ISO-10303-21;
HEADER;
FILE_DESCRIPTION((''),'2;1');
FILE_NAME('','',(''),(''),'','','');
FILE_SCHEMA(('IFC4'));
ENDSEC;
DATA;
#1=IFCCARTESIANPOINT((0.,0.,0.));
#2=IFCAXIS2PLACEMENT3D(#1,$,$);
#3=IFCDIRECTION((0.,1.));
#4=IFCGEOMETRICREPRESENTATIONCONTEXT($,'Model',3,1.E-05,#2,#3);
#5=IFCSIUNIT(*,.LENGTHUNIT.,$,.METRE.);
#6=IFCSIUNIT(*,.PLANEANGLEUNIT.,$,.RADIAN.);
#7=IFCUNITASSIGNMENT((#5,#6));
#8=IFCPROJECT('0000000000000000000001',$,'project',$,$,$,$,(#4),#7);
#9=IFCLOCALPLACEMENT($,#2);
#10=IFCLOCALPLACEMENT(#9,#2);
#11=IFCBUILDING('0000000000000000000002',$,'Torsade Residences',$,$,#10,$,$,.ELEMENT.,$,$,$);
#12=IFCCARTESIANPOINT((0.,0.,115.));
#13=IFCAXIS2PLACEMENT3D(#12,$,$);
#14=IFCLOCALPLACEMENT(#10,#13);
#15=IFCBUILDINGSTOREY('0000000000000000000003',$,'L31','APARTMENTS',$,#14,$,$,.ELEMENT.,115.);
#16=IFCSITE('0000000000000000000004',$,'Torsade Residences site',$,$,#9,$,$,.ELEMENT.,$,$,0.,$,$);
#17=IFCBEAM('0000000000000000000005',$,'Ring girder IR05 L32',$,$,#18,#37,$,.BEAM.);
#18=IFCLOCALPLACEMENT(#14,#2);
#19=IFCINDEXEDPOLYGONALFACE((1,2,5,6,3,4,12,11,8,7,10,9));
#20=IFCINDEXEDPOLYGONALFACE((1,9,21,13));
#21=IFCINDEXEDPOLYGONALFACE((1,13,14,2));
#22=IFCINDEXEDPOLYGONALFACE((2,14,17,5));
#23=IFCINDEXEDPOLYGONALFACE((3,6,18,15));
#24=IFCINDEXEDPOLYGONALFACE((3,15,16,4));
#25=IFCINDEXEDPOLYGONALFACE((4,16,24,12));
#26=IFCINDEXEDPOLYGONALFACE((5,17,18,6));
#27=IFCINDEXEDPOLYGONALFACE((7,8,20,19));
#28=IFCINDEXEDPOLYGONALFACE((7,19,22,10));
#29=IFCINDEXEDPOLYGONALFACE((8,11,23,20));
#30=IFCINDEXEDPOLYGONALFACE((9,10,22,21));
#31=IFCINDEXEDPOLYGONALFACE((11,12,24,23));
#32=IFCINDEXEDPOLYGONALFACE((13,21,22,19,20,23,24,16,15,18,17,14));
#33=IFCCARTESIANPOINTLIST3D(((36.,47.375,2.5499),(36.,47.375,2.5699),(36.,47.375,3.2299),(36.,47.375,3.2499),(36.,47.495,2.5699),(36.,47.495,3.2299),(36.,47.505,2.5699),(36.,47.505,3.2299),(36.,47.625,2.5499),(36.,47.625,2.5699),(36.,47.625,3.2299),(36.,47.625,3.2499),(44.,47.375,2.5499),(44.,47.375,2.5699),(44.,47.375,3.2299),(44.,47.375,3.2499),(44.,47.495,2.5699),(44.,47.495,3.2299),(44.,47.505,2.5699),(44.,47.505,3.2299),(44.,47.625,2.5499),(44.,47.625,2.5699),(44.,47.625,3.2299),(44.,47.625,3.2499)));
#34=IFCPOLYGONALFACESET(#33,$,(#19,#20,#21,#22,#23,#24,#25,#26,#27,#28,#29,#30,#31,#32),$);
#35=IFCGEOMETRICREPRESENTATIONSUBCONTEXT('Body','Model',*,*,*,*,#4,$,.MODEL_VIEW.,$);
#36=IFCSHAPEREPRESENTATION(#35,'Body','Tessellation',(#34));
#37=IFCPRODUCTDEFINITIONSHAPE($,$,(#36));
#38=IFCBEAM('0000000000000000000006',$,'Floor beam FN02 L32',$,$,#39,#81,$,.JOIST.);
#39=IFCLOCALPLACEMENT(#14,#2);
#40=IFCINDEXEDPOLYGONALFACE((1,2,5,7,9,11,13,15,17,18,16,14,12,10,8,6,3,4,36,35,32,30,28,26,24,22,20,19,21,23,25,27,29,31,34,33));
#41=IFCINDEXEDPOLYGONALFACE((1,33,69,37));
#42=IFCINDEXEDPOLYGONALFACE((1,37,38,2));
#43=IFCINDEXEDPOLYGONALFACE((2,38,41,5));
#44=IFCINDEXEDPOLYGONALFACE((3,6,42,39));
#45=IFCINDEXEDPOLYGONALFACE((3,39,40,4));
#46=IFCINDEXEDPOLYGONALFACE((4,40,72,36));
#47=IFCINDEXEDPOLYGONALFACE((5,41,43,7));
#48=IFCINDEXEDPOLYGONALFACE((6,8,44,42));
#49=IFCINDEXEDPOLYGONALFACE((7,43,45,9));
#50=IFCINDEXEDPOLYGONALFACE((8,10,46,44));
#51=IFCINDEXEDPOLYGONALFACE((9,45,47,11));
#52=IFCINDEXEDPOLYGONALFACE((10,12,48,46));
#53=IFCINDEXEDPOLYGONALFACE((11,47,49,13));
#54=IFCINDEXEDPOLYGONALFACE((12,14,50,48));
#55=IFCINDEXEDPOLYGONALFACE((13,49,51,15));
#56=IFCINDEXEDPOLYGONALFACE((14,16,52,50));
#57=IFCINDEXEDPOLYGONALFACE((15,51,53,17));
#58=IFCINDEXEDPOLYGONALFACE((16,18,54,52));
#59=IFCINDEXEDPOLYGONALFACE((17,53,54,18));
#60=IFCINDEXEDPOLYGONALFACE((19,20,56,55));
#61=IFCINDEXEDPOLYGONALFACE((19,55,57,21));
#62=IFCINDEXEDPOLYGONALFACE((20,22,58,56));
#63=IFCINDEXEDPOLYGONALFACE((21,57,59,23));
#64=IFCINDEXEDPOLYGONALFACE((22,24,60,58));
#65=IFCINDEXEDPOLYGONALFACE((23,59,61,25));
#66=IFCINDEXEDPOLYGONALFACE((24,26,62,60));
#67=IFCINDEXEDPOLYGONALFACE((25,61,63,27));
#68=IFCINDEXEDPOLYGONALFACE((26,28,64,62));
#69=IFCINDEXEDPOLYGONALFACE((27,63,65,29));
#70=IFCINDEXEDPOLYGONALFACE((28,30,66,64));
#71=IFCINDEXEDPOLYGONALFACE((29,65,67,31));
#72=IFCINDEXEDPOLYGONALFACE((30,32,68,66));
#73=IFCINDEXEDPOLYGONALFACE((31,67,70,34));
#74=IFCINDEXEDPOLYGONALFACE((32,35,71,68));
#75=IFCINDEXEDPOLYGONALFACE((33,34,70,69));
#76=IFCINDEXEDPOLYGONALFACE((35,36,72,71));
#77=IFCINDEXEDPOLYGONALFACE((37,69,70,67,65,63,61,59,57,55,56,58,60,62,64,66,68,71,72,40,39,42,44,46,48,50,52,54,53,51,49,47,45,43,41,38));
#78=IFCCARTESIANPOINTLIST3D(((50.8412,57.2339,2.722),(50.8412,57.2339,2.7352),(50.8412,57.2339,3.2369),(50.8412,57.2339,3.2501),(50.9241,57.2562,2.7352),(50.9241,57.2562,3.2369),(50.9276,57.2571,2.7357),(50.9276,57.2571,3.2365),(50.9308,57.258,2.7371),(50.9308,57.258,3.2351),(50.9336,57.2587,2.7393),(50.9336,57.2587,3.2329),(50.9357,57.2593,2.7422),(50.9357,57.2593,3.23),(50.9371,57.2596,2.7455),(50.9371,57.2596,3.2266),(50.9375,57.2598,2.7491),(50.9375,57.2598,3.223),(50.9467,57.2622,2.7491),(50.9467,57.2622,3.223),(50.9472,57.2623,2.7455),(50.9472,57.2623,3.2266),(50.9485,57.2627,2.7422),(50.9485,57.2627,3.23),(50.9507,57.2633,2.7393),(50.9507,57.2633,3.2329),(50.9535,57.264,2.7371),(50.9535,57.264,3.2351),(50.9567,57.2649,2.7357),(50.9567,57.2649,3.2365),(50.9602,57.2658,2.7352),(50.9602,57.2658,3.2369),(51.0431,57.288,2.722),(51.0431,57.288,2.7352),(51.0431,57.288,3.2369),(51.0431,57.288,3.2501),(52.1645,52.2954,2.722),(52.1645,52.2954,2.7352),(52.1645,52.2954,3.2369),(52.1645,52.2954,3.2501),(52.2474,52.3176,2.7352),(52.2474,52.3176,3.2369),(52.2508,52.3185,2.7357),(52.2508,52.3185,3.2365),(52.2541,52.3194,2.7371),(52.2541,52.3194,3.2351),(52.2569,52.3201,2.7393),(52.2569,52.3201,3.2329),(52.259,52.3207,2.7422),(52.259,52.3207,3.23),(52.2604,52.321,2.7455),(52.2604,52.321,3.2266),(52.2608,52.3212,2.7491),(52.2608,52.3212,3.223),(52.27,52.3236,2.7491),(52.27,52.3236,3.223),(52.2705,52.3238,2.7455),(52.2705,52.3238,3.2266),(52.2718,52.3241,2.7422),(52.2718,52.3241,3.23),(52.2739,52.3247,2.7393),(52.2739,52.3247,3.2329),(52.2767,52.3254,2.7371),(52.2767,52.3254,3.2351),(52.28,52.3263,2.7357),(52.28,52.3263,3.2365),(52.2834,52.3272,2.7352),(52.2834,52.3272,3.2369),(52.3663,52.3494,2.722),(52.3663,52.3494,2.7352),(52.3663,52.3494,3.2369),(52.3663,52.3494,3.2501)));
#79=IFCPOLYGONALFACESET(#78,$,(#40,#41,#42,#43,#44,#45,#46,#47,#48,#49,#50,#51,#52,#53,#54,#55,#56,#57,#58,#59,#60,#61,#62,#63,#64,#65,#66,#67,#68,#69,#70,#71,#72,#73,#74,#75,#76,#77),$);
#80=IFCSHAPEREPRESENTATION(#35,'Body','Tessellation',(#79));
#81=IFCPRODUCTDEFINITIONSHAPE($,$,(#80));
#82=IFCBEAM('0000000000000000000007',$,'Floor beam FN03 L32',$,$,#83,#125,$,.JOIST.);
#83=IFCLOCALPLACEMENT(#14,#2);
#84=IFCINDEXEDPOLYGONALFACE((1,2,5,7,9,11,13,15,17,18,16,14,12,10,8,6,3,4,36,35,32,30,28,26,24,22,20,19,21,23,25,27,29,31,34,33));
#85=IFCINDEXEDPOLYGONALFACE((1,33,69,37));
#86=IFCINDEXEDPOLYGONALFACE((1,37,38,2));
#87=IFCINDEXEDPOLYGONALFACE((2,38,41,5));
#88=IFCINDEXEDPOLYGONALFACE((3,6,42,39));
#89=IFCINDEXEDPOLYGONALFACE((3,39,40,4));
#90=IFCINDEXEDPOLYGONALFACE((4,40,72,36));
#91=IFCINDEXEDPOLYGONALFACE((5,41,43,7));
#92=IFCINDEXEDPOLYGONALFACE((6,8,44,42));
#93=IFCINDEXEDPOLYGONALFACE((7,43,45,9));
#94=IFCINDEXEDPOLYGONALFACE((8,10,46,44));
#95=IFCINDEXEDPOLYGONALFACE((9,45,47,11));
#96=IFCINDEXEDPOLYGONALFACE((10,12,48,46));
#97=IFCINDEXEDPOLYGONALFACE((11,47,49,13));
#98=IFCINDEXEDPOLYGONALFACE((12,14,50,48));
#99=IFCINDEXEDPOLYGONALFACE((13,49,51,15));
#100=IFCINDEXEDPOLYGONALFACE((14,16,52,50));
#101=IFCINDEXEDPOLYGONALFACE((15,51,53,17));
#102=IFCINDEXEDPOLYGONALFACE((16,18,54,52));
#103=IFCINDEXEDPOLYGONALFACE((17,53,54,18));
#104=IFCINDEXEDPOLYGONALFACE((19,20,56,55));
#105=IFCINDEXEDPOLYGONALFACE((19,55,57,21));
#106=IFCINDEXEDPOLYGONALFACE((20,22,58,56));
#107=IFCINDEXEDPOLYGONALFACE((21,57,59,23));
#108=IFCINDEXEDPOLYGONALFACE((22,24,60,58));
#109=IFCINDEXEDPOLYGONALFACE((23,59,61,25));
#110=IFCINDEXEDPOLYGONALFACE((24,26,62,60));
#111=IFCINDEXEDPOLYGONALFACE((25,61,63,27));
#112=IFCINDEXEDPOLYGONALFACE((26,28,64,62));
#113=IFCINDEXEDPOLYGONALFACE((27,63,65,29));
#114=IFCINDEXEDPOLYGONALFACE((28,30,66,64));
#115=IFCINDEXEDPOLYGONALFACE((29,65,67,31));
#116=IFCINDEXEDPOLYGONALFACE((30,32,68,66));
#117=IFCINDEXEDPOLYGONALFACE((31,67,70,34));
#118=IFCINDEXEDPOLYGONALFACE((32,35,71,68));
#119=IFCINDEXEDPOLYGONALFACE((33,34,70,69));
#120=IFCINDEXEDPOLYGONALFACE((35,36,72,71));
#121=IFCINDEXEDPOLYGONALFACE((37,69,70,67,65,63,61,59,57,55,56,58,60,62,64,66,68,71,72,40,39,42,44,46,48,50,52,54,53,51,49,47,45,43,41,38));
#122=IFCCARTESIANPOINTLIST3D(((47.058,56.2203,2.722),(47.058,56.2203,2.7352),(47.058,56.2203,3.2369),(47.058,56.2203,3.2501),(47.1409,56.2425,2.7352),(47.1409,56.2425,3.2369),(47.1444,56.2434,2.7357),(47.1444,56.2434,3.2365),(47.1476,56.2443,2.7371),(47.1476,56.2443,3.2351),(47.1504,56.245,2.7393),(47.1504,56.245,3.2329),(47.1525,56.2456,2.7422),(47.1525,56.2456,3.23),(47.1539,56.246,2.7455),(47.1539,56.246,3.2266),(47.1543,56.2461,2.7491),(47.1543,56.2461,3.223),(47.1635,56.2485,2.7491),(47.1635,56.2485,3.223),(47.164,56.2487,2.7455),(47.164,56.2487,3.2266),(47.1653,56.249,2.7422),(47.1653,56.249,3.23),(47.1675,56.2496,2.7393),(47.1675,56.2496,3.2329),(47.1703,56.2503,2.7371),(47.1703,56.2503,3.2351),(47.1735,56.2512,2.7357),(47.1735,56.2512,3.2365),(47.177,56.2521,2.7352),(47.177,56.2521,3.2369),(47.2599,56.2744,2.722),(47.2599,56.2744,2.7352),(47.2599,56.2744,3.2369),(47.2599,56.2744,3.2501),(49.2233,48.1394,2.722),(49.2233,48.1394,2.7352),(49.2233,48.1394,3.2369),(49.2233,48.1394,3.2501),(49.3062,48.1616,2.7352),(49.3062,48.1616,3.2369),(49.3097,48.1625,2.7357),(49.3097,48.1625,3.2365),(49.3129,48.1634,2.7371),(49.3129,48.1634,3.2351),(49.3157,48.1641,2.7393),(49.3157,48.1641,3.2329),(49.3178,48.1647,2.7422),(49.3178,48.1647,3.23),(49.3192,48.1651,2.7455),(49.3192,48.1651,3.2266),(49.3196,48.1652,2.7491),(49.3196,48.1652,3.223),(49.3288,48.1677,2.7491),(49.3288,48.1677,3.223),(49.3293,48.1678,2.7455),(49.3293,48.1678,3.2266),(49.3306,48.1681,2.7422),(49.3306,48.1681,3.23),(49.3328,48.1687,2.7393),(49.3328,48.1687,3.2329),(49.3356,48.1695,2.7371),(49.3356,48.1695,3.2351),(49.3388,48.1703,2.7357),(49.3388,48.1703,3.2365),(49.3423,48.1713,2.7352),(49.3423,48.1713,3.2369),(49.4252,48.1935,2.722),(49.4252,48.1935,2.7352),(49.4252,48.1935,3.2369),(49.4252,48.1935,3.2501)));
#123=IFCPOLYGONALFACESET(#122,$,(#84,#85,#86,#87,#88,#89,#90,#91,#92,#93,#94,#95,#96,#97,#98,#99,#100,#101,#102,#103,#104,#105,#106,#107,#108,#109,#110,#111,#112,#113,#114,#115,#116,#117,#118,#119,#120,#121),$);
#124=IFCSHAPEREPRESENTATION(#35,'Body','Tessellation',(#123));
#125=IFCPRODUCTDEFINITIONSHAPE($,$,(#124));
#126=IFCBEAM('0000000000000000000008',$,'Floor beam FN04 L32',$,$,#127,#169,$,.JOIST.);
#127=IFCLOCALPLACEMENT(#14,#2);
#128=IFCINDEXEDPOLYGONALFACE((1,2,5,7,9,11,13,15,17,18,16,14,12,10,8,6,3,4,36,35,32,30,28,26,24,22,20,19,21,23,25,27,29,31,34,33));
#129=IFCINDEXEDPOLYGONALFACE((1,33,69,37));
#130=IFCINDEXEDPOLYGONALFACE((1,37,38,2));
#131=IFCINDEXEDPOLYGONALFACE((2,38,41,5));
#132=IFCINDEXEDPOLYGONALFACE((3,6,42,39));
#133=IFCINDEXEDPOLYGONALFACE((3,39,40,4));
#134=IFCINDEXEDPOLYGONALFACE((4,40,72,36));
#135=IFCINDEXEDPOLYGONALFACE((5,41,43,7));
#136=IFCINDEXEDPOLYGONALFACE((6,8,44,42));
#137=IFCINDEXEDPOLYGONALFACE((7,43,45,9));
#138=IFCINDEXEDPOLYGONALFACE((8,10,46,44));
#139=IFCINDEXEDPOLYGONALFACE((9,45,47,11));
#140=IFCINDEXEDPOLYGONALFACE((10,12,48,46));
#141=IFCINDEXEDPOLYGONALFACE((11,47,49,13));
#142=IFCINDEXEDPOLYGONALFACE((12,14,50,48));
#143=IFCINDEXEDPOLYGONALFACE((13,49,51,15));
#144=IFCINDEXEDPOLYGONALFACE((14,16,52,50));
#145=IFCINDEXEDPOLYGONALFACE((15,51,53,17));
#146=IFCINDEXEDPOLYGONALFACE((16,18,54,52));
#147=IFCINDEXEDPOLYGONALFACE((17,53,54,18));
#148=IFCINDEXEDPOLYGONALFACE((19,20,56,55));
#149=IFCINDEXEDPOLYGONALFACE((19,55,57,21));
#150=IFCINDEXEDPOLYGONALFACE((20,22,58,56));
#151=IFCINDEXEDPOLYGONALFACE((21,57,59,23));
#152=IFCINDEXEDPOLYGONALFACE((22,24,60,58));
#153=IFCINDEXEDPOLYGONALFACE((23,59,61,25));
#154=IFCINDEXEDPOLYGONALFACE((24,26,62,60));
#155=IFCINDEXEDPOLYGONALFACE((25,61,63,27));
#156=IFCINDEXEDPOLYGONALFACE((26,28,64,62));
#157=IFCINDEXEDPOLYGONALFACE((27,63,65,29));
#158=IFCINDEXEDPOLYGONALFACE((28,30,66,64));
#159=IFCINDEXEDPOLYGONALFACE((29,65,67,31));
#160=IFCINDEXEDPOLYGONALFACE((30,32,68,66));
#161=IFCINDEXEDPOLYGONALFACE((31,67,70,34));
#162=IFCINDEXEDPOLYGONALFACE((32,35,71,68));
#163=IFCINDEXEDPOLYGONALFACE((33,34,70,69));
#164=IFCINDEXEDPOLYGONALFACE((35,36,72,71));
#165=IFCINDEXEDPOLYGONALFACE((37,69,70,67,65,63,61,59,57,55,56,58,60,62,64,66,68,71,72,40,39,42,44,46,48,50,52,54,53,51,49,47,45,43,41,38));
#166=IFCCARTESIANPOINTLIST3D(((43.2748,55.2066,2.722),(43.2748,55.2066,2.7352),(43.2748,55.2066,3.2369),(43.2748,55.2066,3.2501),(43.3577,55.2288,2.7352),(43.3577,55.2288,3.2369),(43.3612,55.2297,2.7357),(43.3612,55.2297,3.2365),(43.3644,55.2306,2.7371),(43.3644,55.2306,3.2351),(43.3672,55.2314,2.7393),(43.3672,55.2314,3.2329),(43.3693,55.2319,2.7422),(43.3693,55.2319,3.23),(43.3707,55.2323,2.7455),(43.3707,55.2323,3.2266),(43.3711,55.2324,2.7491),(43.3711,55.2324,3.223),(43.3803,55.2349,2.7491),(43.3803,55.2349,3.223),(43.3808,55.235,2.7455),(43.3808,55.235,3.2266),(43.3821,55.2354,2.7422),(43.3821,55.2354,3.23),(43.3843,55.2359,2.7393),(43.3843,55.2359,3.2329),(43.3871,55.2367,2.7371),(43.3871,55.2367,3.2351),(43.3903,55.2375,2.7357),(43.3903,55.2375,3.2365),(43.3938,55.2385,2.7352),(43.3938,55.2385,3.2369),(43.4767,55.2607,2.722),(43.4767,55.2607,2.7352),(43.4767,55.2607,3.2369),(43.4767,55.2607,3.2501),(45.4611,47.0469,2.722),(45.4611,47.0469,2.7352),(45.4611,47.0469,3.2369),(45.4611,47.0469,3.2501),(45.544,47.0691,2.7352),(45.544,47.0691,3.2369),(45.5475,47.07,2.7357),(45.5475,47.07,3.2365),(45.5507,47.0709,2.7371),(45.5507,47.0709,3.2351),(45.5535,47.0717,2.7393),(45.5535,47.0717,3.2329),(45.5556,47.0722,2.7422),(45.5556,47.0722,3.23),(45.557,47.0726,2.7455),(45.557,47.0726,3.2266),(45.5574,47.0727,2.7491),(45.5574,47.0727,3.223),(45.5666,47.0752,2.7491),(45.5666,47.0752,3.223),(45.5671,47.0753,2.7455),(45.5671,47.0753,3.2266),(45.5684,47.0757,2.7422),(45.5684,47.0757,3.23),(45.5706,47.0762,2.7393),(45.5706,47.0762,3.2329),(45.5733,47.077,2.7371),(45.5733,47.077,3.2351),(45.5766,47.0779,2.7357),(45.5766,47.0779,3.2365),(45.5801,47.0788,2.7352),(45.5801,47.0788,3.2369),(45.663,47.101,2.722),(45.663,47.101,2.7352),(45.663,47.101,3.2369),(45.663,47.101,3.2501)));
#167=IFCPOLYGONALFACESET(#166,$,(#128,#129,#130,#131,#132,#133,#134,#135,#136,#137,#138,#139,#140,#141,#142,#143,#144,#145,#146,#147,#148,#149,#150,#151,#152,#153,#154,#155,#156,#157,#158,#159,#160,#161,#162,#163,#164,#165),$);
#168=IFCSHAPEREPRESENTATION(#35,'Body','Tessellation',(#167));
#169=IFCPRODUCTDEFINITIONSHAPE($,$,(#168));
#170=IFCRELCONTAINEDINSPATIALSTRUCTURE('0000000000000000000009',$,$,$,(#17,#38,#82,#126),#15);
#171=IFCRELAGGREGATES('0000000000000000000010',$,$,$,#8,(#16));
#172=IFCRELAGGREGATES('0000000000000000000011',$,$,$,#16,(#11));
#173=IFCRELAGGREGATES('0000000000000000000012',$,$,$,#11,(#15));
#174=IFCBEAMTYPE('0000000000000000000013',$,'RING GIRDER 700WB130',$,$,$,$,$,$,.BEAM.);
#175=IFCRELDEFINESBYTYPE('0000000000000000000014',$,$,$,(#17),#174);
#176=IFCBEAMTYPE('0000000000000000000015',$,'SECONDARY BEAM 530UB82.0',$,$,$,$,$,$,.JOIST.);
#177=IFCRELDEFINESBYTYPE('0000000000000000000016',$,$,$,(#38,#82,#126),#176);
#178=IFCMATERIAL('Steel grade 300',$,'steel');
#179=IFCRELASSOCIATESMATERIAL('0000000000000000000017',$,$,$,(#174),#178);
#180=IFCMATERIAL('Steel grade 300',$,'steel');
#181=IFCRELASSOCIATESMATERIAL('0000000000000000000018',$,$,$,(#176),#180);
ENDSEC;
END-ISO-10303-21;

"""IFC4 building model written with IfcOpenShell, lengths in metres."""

from ifc_helpers import new_model, si_unit, direction, frame, origin, origin_2d, place, context, subcontext, project, spatial, i_section, extrude, material, material_profile, profile_set, type_object, element, save


model = new_model("IFC4")

# Units and contexts
model_context = context("Model", 3, precision=1e-05, world=origin(), true_north=direction((0.0, 1.0)))
body_context = subcontext(model_context, "Body", "Model", "MODEL_VIEW")
ifc_project = project(units=[si_unit("LENGTHUNIT", "METRE"), si_unit("PLANEANGLEUNIT", "RADIAN")], contexts=[model_context])

# Site, building, storey
site_placement = place(None, origin())
site = spatial("IfcSite", under=ifc_project, at=site_placement, Name="Torsade Residences site", CompositionType="ELEMENT", RefElevation=0.0)
building_placement = place(site_placement, origin())
building = spatial("IfcBuilding", under=site, at=building_placement, Name="Torsade Residences", CompositionType="ELEMENT")
storey_placement = place(building_placement, frame((0.0, 0.0, 115.0)))
storey = spatial("IfcBuildingStorey", under=building, at=storey_placement, Name="L31", Description="APARTMENTS", CompositionType="ELEMENT", Elevation=115.0)

# Beams
ifc_material_1 = material(Name="Steel grade 300", Category="steel")
ifc_material_profile_1 = material_profile(ifc_material_1, i_section(OverallWidth=0.25, OverallDepth=0.7, WebThickness=0.01, FlangeThickness=0.02, at=origin_2d()), Name="700WB130")
ifc_profile_set_1 = profile_set([ifc_material_profile_1], Name="Steel grade 300")
beam_type_1 = type_object("IfcBeamType", Name="RING GIRDER 700WB130", PredefinedType="BEAM", material=ifc_profile_set_1)
beam_1_placement = place(storey_placement, frame((44.0, 47.5, 2.8999), z_axis=(-1.0, 0.0, 0.0), x_axis=(0.0, -1.0, 0.0)))
element("IfcBeam", 1, at=beam_1_placement, inside=storey, type_object=beam_type_1, Name="Ring girder IR05 L32", PredefinedType="BEAM", context=body_context, shape_type="SweptSolid", body=[
    extrude(i_section(OverallWidth=0.25, OverallDepth=0.7, WebThickness=0.01, FlangeThickness=0.02, at=origin_2d()), origin(), (0.0, 0.0, 1.0), 8.0),
])
ifc_material_2 = material(Name="Steel grade 300", Category="steel")
ifc_material_profile_2 = material_profile(ifc_material_2, i_section(OverallWidth=0.209, OverallDepth=0.5281, WebThickness=0.0095, FlangeThickness=0.0132, FilletRadius=0.0139, at=origin_2d()), Name="530UB82.0")
ifc_profile_set_2 = profile_set([ifc_material_profile_2], Name="Steel grade 300")
beam_type_2 = type_object("IfcBeamType", Name="SECONDARY BEAM 530UB82.0", PredefinedType="JOIST", material=ifc_profile_set_2)
beam_2_placement = place(storey_placement, frame((50.9421, 57.261, 2.9861), z_axis=(0.258816, -0.965927, 0.0), x_axis=(0.965927, 0.258816, 0.0)))
element("IfcBeam", 2, at=beam_2_placement, inside=storey, type_object=beam_type_2, Name="Floor beam FN02 L32", PredefinedType="JOIST", context=body_context, shape_type="SweptSolid", body=[
    extrude(i_section(OverallWidth=0.209, OverallDepth=0.5281, WebThickness=0.0095, FlangeThickness=0.0132, FilletRadius=0.0139, at=origin_2d()), origin(), (0.0, 0.0, 1.0), 5.1128),
])
beam_3_placement = place(storey_placement, frame((47.1589, 56.2473, 2.9861), z_axis=(0.258823, -0.965925, 0.0), x_axis=(0.965925, 0.258823, 0.0)))
element("IfcBeam", 3, at=beam_3_placement, inside=storey, type_object=beam_type_2, Name="Floor beam FN03 L32", PredefinedType="JOIST", context=body_context, shape_type="SweptSolid", body=[
    extrude(i_section(OverallWidth=0.209, OverallDepth=0.5281, WebThickness=0.0095, FlangeThickness=0.0132, FilletRadius=0.0139, at=origin_2d()), origin(), (0.0, 0.0, 1.0), 8.366),
])
beam_4_placement = place(storey_placement, frame((43.3757, 55.2336, 2.9861), z_axis=(0.258808, -0.965929, 0.0), x_axis=(0.965929, 0.258808, 0.0)))
element("IfcBeam", 4, at=beam_4_placement, inside=storey, type_object=beam_type_2, Name="Floor beam FN04 L32", PredefinedType="JOIST", context=body_context, shape_type="SweptSolid", body=[
    extrude(i_section(OverallWidth=0.209, OverallDepth=0.5281, WebThickness=0.0095, FlangeThickness=0.0132, FilletRadius=0.0139, at=origin_2d()), origin(), (0.0, 0.0, 1.0), 8.4475),
])

save(model, "model.ifc")
